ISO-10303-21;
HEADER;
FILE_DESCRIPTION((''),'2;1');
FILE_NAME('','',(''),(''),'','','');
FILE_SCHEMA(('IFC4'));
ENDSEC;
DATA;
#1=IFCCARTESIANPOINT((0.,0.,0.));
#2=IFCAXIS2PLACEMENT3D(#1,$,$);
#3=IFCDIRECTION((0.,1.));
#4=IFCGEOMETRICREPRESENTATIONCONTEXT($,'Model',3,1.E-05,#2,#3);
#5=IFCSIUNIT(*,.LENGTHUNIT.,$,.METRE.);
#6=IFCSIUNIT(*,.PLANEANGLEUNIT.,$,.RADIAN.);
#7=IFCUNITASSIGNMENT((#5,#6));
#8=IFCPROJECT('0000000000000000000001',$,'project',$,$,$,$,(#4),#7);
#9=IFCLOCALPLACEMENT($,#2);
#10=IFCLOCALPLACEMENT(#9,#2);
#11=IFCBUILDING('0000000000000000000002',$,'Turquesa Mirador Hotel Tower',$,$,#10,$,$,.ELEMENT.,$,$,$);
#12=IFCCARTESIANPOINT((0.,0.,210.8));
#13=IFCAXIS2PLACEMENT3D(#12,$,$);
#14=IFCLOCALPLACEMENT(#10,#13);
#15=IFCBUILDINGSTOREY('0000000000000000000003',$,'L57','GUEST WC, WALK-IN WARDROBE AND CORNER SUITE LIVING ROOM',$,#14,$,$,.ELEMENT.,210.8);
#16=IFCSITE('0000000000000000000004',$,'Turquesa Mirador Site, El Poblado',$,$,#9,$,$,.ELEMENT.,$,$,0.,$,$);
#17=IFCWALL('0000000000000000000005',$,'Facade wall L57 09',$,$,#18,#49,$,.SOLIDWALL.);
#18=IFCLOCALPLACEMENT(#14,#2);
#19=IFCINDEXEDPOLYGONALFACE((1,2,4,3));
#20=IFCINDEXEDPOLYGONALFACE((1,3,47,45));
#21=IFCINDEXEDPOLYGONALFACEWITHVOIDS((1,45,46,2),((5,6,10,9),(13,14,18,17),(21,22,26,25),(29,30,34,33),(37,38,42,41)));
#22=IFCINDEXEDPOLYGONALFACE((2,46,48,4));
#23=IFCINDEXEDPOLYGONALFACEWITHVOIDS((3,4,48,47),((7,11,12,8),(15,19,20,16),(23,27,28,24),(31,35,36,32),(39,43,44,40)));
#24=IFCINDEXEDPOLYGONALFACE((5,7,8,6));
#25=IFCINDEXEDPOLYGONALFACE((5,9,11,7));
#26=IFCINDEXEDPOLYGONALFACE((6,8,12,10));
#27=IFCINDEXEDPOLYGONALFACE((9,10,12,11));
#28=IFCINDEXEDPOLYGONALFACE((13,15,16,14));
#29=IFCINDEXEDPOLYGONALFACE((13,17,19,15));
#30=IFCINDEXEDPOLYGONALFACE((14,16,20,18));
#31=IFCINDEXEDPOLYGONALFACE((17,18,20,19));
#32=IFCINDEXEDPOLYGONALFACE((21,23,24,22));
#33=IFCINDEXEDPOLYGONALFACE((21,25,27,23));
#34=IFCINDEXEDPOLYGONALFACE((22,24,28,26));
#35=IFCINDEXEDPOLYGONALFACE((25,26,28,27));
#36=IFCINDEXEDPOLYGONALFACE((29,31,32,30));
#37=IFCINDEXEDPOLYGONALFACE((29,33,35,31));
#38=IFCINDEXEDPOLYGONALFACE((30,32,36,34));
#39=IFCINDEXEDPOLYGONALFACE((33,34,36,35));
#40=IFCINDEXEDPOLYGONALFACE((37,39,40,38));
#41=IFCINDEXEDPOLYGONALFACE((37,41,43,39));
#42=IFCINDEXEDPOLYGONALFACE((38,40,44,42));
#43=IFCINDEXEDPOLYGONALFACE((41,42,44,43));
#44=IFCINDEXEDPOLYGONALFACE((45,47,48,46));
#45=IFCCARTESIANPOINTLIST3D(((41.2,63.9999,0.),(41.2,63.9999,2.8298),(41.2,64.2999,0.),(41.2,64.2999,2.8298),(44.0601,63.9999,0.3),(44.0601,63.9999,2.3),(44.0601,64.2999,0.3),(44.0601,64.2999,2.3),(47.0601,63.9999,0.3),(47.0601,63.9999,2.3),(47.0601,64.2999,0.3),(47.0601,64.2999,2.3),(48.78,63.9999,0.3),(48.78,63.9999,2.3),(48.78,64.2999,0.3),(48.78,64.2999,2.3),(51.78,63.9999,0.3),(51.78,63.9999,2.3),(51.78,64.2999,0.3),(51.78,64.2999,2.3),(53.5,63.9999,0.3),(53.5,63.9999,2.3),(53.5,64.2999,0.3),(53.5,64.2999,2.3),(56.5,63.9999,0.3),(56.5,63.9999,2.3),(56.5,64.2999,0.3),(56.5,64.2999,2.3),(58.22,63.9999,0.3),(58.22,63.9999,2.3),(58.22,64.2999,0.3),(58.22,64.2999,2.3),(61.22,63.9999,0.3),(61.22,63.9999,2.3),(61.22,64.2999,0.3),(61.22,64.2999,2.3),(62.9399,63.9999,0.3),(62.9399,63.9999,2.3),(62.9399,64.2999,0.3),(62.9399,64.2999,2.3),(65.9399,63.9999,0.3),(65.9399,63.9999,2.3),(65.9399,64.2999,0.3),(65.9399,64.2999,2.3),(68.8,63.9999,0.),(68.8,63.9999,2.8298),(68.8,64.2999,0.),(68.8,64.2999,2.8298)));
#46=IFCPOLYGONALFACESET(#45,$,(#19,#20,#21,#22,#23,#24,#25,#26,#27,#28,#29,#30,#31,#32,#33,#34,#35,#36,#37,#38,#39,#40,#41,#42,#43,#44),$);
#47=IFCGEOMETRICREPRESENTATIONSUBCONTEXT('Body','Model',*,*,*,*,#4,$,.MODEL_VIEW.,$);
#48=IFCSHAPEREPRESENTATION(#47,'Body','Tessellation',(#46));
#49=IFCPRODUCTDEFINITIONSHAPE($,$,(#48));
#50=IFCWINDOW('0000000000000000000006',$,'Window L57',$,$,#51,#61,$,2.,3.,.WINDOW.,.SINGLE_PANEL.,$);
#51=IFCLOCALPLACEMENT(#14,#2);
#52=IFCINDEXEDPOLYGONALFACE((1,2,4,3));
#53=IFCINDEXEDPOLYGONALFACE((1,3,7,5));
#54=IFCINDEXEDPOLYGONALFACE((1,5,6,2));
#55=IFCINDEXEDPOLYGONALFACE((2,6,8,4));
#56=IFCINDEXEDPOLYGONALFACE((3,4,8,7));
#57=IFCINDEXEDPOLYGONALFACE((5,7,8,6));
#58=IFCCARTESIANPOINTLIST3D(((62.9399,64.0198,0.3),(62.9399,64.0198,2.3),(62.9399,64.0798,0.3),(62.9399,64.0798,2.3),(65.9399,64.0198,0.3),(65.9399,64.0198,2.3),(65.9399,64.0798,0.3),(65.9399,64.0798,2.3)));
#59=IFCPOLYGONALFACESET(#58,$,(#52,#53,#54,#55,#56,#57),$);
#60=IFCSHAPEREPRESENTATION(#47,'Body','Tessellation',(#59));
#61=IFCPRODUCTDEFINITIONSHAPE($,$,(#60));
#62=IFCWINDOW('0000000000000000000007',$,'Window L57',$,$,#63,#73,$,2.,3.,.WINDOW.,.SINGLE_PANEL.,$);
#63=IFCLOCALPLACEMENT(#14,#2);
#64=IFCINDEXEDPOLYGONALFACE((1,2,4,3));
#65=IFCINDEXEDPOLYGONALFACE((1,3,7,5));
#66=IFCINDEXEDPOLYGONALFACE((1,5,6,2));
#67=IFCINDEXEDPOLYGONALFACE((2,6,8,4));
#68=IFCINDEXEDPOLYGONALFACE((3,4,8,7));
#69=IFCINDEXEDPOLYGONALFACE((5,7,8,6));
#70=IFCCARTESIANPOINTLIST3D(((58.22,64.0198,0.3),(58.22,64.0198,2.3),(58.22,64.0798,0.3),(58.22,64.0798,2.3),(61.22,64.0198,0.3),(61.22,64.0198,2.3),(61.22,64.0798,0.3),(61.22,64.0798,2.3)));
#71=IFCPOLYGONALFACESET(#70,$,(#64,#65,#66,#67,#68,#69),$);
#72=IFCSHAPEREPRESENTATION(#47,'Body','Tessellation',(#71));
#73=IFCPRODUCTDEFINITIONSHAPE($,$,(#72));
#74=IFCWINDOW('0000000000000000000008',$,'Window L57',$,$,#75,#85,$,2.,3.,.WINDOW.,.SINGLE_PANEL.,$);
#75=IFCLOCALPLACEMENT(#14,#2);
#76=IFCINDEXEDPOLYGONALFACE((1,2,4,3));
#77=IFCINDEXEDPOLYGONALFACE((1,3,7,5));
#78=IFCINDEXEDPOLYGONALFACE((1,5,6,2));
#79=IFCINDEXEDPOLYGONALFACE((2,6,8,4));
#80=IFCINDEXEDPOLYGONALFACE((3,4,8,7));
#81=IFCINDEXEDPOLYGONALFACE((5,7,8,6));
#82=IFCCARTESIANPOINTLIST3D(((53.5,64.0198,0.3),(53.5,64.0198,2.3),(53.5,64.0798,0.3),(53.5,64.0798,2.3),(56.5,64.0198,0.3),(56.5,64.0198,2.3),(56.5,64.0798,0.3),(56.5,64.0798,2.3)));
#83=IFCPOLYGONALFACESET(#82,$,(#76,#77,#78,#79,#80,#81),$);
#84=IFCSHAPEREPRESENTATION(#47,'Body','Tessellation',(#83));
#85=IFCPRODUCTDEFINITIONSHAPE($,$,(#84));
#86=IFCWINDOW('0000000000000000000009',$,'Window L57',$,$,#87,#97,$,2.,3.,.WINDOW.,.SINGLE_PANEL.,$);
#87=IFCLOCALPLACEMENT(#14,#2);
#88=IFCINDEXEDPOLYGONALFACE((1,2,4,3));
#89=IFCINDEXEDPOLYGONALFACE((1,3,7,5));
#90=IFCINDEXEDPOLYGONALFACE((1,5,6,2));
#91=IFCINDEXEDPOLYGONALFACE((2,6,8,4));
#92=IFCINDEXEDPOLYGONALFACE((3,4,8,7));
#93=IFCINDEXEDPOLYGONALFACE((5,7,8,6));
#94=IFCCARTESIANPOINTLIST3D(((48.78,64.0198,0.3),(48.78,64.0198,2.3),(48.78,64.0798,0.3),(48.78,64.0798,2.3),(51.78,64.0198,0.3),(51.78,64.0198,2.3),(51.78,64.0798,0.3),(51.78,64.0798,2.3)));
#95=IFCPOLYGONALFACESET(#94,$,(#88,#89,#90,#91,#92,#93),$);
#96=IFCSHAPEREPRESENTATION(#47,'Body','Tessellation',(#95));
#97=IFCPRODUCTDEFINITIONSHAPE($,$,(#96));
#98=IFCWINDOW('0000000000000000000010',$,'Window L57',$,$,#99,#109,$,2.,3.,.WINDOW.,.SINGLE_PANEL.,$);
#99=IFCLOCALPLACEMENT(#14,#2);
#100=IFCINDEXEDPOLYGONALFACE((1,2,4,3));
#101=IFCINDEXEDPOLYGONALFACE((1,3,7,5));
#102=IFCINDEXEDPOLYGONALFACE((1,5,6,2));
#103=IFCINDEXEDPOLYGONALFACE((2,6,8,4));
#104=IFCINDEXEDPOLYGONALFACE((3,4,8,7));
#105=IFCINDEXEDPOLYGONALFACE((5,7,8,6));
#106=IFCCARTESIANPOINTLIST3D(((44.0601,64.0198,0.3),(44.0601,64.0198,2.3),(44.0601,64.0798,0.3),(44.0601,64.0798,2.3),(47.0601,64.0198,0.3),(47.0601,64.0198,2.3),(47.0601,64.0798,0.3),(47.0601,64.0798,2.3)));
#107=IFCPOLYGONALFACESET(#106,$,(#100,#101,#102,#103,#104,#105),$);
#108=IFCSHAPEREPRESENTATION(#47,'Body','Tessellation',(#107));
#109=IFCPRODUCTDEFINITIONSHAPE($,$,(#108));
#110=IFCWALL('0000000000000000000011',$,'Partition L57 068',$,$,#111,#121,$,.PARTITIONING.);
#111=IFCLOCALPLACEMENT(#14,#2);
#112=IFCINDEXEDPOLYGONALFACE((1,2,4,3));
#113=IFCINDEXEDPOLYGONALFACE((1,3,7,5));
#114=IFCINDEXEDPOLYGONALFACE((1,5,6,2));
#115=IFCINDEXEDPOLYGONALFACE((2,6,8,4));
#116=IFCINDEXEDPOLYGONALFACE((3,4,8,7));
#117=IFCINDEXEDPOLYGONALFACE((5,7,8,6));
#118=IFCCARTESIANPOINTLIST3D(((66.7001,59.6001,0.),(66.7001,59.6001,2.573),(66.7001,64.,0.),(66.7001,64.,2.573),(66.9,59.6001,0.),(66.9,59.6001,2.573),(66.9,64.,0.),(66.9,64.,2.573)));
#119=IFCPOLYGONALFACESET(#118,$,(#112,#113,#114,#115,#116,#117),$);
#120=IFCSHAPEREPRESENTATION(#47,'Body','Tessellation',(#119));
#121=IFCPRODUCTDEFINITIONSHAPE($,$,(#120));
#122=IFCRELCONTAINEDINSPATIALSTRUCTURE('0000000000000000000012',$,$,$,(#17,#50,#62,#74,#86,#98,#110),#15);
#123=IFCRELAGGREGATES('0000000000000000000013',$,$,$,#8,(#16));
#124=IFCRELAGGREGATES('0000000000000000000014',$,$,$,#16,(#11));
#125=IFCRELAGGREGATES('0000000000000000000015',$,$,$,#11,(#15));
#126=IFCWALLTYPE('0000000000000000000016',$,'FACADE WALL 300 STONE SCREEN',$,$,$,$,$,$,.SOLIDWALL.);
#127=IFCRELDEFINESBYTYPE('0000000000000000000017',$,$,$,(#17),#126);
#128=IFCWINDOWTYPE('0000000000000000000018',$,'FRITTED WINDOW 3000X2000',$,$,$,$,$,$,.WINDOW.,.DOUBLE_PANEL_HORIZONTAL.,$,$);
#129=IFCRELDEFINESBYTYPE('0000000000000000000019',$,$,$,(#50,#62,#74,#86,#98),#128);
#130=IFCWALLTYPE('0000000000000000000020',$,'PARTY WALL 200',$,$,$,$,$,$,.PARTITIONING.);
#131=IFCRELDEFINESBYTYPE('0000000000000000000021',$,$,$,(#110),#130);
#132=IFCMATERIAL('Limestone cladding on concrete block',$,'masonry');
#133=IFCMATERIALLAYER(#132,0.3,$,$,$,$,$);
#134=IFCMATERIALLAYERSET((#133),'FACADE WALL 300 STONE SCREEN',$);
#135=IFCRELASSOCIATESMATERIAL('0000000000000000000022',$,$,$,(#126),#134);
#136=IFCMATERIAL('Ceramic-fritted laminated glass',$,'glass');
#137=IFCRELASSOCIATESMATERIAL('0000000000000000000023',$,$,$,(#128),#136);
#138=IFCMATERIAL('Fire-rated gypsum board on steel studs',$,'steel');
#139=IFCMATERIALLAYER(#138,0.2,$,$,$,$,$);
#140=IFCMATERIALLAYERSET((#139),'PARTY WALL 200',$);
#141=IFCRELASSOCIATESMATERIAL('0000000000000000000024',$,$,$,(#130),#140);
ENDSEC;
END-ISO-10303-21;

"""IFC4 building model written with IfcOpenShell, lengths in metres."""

from ifc_helpers import new_model, si_unit, direction, frame, frame_2d, origin, place, context, subcontext, project, spatial, rectangle, extrude, material, layer, layer_set, type_object, element, fill, save


model = new_model("IFC4")

# Units and contexts
model_context = context("Model", 3, precision=1e-05, world=origin(), true_north=direction((0.0, 1.0)))
body_context = subcontext(model_context, "Body", "Model", "MODEL_VIEW")
ifc_project = project(units=[si_unit("LENGTHUNIT", "METRE"), si_unit("PLANEANGLEUNIT", "RADIAN")], contexts=[model_context])

# Site, building, storey
site_placement = place(None, origin())
site = spatial("IfcSite", under=ifc_project, at=site_placement, Name="Turquesa Mirador Site, El Poblado", CompositionType="ELEMENT", RefElevation=0.0)
building_placement = place(site_placement, origin())
building = spatial("IfcBuilding", under=site, at=building_placement, Name="Turquesa Mirador Hotel Tower", CompositionType="ELEMENT")
storey_placement = place(building_placement, frame((0.0, 0.0, 210.8)))
storey = spatial("IfcBuildingStorey", under=building, at=storey_placement, Name="L57", Description="GUEST WC, WALK-IN WARDROBE AND CORNER SUITE LIVING ROOM", CompositionType="ELEMENT", Elevation=210.8)

# Shared definitions
ifc_material_1 = material(Name="Limestone cladding on concrete block", Category="masonry")
ifc_layer_1 = layer(ifc_material_1, 0.3)
ifc_layer_set_1 = layer_set([ifc_layer_1], Name="FACADE WALL 300 STONE SCREEN")
wall_type_1 = type_object("IfcWallType", Name="FACADE WALL 300 STONE SCREEN", PredefinedType="SOLIDWALL", material=ifc_layer_set_1)

# Wall, openings, windows
wall_1_placement = place(storey_placement, frame((68.8, 64.1499, 0.0), z_axis=(0.0, 0.0, 1.0), x_axis=(-1.0, 0.0, 0.0)))
wall_1 = element("IfcWall", 1, at=wall_1_placement, inside=storey, type_object=wall_type_1, Name="Facade wall L57 09", PredefinedType="SOLIDWALL", context=body_context, shape_type="SweptSolid", body=[
    extrude(rectangle(XDim=27.6001, YDim=0.3, at=frame_2d((13.8, 0.0))), origin(), (0.0, 0.0, 1.0), 2.8298),
])
opening_1_placement = place(wall_1_placement, frame((2.8601, 0.0, 0.3)))
opening_1 = element("IfcOpeningElement", 2, at=opening_1_placement, cuts=wall_1, PredefinedType="OPENING", context=body_context, shape_type="SweptSolid", body=[
    extrude(rectangle(XDim=3.0, YDim=2.0, at=frame_2d((1.5, 1.0))), frame((0.0, 0.1599, 0.0), z_axis=(0.0, -1.0, 0.0), x_axis=(1.0, 0.0, 0.0)), (0.0, 0.0, 1.0), 0.3201),
])
opening_2_placement = place(wall_1_placement, frame((7.5801, 0.0, 0.3)))
opening_2 = element("IfcOpeningElement", 3, at=opening_2_placement, cuts=wall_1, PredefinedType="OPENING", context=body_context, shape_type="SweptSolid", body=[
    extrude(rectangle(XDim=3.0, YDim=2.0, at=frame_2d((1.5, 1.0))), frame((0.0, 0.1599, 0.0), z_axis=(0.0, -1.0, 0.0), x_axis=(1.0, 0.0, 0.0)), (0.0, 0.0, 1.0), 0.3201),
])
opening_3_placement = place(wall_1_placement, frame((12.3, 0.0, 0.3)))
opening_3 = element("IfcOpeningElement", 4, at=opening_3_placement, cuts=wall_1, PredefinedType="OPENING", context=body_context, shape_type="SweptSolid", body=[
    extrude(rectangle(XDim=3.0, YDim=2.0, at=frame_2d((1.5, 1.0))), frame((0.0, 0.1599, 0.0), z_axis=(0.0, -1.0, 0.0), x_axis=(1.0, 0.0, 0.0)), (0.0, 0.0, 1.0), 0.3201),
])
opening_4_placement = place(wall_1_placement, frame((17.02, 0.0, 0.3)))
opening_4 = element("IfcOpeningElement", 5, at=opening_4_placement, cuts=wall_1, PredefinedType="OPENING", context=body_context, shape_type="SweptSolid", body=[
    extrude(rectangle(XDim=3.0, YDim=2.0, at=frame_2d((1.5, 1.0))), frame((0.0, 0.1599, 0.0), z_axis=(0.0, -1.0, 0.0), x_axis=(1.0, 0.0, 0.0)), (0.0, 0.0, 1.0), 0.3201),
])
opening_5_placement = place(wall_1_placement, frame((21.74, 0.0, 0.3)))
opening_5 = element("IfcOpeningElement", 6, at=opening_5_placement, cuts=wall_1, PredefinedType="OPENING", context=body_context, shape_type="SweptSolid", body=[
    extrude(rectangle(XDim=3.0, YDim=2.0, at=frame_2d((1.5, 1.0))), frame((0.0, 0.1599, 0.0), z_axis=(0.0, -1.0, 0.0), x_axis=(1.0, 0.0, 0.0)), (0.0, 0.0, 1.0), 0.3201),
])
ifc_material_2 = material(Name="Ceramic-fritted laminated glass", Category="glass")
window_type_1 = type_object("IfcWindowType", Name="FRITTED WINDOW 3000X2000", PartitioningType="DOUBLE_PANEL_HORIZONTAL", PredefinedType="WINDOW", material=ifc_material_2)
window_1_placement = place(opening_1_placement, origin())
window_1 = element("IfcWindow", 7, at=window_1_placement, inside=storey, type_object=window_type_1, Name="Window L57", OverallHeight=2.0, OverallWidth=3.0, PartitioningType="SINGLE_PANEL", PredefinedType="WINDOW", context=body_context, shape_type="SweptSolid", body=[
    extrude(rectangle(XDim=3.0, YDim=2.0, at=frame_2d((1.5, 1.0))), frame((0.0, 0.1301, 0.0), z_axis=(0.0, -1.0, 0.0), x_axis=(1.0, 0.0, 0.0)), (0.0, 0.0, 1.0), 0.0601),
])
fill(opening_1, window_1)
window_2_placement = place(opening_2_placement, origin())
window_2 = element("IfcWindow", 8, at=window_2_placement, inside=storey, type_object=window_type_1, Name="Window L57", OverallHeight=2.0, OverallWidth=3.0, PartitioningType="SINGLE_PANEL", PredefinedType="WINDOW", context=body_context, shape_type="SweptSolid", body=[
    extrude(rectangle(XDim=3.0, YDim=2.0, at=frame_2d((1.5, 1.0))), frame((0.0, 0.1301, 0.0), z_axis=(0.0, -1.0, 0.0), x_axis=(1.0, 0.0, 0.0)), (0.0, 0.0, 1.0), 0.0601),
])
fill(opening_2, window_2)
window_3_placement = place(opening_3_placement, origin())
window_3 = element("IfcWindow", 9, at=window_3_placement, inside=storey, type_object=window_type_1, Name="Window L57", OverallHeight=2.0, OverallWidth=3.0, PartitioningType="SINGLE_PANEL", PredefinedType="WINDOW", context=body_context, shape_type="SweptSolid", body=[
    extrude(rectangle(XDim=3.0, YDim=2.0, at=frame_2d((1.5, 1.0))), frame((0.0, 0.1301, 0.0), z_axis=(0.0, -1.0, 0.0), x_axis=(1.0, 0.0, 0.0)), (0.0, 0.0, 1.0), 0.0601),
])
fill(opening_3, window_3)
window_4_placement = place(opening_4_placement, origin())
window_4 = element("IfcWindow", 10, at=window_4_placement, inside=storey, type_object=window_type_1, Name="Window L57", OverallHeight=2.0, OverallWidth=3.0, PartitioningType="SINGLE_PANEL", PredefinedType="WINDOW", context=body_context, shape_type="SweptSolid", body=[
    extrude(rectangle(XDim=3.0, YDim=2.0, at=frame_2d((1.5, 1.0))), frame((0.0, 0.1301, 0.0), z_axis=(0.0, -1.0, 0.0), x_axis=(1.0, 0.0, 0.0)), (0.0, 0.0, 1.0), 0.0601),
])
fill(opening_4, window_4)
window_5_placement = place(opening_5_placement, origin())
window_5 = element("IfcWindow", 11, at=window_5_placement, inside=storey, type_object=window_type_1, Name="Window L57", OverallHeight=2.0, OverallWidth=3.0, PartitioningType="SINGLE_PANEL", PredefinedType="WINDOW", context=body_context, shape_type="SweptSolid", body=[
    extrude(rectangle(XDim=3.0, YDim=2.0, at=frame_2d((1.5, 1.0))), frame((0.0, 0.1301, 0.0), z_axis=(0.0, -1.0, 0.0), x_axis=(1.0, 0.0, 0.0)), (0.0, 0.0, 1.0), 0.0601),
])
fill(opening_5, window_5)

# Wall
ifc_material_3 = material(Name="Fire-rated gypsum board on steel studs", Category="steel")
ifc_layer_2 = layer(ifc_material_3, 0.2)
ifc_layer_set_2 = layer_set([ifc_layer_2], Name="PARTY WALL 200")
wall_type_2 = type_object("IfcWallType", Name="PARTY WALL 200", PredefinedType="PARTITIONING", material=ifc_layer_set_2)
wall_2_placement = place(storey_placement, frame((66.8, 59.6001, 0.0), z_axis=(0.0, 0.0, 1.0), x_axis=(0.0, 1.0, 0.0)))
element("IfcWall", 12, at=wall_2_placement, inside=storey, type_object=wall_type_2, Name="Partition L57 068", PredefinedType="PARTITIONING", context=body_context, shape_type="SweptSolid", body=[
    extrude(rectangle(XDim=4.3999, YDim=0.2, at=frame_2d((2.2, 0.0))), origin(), (0.0, 0.0, 1.0), 2.573),
])

save(model, "model.ifc")
